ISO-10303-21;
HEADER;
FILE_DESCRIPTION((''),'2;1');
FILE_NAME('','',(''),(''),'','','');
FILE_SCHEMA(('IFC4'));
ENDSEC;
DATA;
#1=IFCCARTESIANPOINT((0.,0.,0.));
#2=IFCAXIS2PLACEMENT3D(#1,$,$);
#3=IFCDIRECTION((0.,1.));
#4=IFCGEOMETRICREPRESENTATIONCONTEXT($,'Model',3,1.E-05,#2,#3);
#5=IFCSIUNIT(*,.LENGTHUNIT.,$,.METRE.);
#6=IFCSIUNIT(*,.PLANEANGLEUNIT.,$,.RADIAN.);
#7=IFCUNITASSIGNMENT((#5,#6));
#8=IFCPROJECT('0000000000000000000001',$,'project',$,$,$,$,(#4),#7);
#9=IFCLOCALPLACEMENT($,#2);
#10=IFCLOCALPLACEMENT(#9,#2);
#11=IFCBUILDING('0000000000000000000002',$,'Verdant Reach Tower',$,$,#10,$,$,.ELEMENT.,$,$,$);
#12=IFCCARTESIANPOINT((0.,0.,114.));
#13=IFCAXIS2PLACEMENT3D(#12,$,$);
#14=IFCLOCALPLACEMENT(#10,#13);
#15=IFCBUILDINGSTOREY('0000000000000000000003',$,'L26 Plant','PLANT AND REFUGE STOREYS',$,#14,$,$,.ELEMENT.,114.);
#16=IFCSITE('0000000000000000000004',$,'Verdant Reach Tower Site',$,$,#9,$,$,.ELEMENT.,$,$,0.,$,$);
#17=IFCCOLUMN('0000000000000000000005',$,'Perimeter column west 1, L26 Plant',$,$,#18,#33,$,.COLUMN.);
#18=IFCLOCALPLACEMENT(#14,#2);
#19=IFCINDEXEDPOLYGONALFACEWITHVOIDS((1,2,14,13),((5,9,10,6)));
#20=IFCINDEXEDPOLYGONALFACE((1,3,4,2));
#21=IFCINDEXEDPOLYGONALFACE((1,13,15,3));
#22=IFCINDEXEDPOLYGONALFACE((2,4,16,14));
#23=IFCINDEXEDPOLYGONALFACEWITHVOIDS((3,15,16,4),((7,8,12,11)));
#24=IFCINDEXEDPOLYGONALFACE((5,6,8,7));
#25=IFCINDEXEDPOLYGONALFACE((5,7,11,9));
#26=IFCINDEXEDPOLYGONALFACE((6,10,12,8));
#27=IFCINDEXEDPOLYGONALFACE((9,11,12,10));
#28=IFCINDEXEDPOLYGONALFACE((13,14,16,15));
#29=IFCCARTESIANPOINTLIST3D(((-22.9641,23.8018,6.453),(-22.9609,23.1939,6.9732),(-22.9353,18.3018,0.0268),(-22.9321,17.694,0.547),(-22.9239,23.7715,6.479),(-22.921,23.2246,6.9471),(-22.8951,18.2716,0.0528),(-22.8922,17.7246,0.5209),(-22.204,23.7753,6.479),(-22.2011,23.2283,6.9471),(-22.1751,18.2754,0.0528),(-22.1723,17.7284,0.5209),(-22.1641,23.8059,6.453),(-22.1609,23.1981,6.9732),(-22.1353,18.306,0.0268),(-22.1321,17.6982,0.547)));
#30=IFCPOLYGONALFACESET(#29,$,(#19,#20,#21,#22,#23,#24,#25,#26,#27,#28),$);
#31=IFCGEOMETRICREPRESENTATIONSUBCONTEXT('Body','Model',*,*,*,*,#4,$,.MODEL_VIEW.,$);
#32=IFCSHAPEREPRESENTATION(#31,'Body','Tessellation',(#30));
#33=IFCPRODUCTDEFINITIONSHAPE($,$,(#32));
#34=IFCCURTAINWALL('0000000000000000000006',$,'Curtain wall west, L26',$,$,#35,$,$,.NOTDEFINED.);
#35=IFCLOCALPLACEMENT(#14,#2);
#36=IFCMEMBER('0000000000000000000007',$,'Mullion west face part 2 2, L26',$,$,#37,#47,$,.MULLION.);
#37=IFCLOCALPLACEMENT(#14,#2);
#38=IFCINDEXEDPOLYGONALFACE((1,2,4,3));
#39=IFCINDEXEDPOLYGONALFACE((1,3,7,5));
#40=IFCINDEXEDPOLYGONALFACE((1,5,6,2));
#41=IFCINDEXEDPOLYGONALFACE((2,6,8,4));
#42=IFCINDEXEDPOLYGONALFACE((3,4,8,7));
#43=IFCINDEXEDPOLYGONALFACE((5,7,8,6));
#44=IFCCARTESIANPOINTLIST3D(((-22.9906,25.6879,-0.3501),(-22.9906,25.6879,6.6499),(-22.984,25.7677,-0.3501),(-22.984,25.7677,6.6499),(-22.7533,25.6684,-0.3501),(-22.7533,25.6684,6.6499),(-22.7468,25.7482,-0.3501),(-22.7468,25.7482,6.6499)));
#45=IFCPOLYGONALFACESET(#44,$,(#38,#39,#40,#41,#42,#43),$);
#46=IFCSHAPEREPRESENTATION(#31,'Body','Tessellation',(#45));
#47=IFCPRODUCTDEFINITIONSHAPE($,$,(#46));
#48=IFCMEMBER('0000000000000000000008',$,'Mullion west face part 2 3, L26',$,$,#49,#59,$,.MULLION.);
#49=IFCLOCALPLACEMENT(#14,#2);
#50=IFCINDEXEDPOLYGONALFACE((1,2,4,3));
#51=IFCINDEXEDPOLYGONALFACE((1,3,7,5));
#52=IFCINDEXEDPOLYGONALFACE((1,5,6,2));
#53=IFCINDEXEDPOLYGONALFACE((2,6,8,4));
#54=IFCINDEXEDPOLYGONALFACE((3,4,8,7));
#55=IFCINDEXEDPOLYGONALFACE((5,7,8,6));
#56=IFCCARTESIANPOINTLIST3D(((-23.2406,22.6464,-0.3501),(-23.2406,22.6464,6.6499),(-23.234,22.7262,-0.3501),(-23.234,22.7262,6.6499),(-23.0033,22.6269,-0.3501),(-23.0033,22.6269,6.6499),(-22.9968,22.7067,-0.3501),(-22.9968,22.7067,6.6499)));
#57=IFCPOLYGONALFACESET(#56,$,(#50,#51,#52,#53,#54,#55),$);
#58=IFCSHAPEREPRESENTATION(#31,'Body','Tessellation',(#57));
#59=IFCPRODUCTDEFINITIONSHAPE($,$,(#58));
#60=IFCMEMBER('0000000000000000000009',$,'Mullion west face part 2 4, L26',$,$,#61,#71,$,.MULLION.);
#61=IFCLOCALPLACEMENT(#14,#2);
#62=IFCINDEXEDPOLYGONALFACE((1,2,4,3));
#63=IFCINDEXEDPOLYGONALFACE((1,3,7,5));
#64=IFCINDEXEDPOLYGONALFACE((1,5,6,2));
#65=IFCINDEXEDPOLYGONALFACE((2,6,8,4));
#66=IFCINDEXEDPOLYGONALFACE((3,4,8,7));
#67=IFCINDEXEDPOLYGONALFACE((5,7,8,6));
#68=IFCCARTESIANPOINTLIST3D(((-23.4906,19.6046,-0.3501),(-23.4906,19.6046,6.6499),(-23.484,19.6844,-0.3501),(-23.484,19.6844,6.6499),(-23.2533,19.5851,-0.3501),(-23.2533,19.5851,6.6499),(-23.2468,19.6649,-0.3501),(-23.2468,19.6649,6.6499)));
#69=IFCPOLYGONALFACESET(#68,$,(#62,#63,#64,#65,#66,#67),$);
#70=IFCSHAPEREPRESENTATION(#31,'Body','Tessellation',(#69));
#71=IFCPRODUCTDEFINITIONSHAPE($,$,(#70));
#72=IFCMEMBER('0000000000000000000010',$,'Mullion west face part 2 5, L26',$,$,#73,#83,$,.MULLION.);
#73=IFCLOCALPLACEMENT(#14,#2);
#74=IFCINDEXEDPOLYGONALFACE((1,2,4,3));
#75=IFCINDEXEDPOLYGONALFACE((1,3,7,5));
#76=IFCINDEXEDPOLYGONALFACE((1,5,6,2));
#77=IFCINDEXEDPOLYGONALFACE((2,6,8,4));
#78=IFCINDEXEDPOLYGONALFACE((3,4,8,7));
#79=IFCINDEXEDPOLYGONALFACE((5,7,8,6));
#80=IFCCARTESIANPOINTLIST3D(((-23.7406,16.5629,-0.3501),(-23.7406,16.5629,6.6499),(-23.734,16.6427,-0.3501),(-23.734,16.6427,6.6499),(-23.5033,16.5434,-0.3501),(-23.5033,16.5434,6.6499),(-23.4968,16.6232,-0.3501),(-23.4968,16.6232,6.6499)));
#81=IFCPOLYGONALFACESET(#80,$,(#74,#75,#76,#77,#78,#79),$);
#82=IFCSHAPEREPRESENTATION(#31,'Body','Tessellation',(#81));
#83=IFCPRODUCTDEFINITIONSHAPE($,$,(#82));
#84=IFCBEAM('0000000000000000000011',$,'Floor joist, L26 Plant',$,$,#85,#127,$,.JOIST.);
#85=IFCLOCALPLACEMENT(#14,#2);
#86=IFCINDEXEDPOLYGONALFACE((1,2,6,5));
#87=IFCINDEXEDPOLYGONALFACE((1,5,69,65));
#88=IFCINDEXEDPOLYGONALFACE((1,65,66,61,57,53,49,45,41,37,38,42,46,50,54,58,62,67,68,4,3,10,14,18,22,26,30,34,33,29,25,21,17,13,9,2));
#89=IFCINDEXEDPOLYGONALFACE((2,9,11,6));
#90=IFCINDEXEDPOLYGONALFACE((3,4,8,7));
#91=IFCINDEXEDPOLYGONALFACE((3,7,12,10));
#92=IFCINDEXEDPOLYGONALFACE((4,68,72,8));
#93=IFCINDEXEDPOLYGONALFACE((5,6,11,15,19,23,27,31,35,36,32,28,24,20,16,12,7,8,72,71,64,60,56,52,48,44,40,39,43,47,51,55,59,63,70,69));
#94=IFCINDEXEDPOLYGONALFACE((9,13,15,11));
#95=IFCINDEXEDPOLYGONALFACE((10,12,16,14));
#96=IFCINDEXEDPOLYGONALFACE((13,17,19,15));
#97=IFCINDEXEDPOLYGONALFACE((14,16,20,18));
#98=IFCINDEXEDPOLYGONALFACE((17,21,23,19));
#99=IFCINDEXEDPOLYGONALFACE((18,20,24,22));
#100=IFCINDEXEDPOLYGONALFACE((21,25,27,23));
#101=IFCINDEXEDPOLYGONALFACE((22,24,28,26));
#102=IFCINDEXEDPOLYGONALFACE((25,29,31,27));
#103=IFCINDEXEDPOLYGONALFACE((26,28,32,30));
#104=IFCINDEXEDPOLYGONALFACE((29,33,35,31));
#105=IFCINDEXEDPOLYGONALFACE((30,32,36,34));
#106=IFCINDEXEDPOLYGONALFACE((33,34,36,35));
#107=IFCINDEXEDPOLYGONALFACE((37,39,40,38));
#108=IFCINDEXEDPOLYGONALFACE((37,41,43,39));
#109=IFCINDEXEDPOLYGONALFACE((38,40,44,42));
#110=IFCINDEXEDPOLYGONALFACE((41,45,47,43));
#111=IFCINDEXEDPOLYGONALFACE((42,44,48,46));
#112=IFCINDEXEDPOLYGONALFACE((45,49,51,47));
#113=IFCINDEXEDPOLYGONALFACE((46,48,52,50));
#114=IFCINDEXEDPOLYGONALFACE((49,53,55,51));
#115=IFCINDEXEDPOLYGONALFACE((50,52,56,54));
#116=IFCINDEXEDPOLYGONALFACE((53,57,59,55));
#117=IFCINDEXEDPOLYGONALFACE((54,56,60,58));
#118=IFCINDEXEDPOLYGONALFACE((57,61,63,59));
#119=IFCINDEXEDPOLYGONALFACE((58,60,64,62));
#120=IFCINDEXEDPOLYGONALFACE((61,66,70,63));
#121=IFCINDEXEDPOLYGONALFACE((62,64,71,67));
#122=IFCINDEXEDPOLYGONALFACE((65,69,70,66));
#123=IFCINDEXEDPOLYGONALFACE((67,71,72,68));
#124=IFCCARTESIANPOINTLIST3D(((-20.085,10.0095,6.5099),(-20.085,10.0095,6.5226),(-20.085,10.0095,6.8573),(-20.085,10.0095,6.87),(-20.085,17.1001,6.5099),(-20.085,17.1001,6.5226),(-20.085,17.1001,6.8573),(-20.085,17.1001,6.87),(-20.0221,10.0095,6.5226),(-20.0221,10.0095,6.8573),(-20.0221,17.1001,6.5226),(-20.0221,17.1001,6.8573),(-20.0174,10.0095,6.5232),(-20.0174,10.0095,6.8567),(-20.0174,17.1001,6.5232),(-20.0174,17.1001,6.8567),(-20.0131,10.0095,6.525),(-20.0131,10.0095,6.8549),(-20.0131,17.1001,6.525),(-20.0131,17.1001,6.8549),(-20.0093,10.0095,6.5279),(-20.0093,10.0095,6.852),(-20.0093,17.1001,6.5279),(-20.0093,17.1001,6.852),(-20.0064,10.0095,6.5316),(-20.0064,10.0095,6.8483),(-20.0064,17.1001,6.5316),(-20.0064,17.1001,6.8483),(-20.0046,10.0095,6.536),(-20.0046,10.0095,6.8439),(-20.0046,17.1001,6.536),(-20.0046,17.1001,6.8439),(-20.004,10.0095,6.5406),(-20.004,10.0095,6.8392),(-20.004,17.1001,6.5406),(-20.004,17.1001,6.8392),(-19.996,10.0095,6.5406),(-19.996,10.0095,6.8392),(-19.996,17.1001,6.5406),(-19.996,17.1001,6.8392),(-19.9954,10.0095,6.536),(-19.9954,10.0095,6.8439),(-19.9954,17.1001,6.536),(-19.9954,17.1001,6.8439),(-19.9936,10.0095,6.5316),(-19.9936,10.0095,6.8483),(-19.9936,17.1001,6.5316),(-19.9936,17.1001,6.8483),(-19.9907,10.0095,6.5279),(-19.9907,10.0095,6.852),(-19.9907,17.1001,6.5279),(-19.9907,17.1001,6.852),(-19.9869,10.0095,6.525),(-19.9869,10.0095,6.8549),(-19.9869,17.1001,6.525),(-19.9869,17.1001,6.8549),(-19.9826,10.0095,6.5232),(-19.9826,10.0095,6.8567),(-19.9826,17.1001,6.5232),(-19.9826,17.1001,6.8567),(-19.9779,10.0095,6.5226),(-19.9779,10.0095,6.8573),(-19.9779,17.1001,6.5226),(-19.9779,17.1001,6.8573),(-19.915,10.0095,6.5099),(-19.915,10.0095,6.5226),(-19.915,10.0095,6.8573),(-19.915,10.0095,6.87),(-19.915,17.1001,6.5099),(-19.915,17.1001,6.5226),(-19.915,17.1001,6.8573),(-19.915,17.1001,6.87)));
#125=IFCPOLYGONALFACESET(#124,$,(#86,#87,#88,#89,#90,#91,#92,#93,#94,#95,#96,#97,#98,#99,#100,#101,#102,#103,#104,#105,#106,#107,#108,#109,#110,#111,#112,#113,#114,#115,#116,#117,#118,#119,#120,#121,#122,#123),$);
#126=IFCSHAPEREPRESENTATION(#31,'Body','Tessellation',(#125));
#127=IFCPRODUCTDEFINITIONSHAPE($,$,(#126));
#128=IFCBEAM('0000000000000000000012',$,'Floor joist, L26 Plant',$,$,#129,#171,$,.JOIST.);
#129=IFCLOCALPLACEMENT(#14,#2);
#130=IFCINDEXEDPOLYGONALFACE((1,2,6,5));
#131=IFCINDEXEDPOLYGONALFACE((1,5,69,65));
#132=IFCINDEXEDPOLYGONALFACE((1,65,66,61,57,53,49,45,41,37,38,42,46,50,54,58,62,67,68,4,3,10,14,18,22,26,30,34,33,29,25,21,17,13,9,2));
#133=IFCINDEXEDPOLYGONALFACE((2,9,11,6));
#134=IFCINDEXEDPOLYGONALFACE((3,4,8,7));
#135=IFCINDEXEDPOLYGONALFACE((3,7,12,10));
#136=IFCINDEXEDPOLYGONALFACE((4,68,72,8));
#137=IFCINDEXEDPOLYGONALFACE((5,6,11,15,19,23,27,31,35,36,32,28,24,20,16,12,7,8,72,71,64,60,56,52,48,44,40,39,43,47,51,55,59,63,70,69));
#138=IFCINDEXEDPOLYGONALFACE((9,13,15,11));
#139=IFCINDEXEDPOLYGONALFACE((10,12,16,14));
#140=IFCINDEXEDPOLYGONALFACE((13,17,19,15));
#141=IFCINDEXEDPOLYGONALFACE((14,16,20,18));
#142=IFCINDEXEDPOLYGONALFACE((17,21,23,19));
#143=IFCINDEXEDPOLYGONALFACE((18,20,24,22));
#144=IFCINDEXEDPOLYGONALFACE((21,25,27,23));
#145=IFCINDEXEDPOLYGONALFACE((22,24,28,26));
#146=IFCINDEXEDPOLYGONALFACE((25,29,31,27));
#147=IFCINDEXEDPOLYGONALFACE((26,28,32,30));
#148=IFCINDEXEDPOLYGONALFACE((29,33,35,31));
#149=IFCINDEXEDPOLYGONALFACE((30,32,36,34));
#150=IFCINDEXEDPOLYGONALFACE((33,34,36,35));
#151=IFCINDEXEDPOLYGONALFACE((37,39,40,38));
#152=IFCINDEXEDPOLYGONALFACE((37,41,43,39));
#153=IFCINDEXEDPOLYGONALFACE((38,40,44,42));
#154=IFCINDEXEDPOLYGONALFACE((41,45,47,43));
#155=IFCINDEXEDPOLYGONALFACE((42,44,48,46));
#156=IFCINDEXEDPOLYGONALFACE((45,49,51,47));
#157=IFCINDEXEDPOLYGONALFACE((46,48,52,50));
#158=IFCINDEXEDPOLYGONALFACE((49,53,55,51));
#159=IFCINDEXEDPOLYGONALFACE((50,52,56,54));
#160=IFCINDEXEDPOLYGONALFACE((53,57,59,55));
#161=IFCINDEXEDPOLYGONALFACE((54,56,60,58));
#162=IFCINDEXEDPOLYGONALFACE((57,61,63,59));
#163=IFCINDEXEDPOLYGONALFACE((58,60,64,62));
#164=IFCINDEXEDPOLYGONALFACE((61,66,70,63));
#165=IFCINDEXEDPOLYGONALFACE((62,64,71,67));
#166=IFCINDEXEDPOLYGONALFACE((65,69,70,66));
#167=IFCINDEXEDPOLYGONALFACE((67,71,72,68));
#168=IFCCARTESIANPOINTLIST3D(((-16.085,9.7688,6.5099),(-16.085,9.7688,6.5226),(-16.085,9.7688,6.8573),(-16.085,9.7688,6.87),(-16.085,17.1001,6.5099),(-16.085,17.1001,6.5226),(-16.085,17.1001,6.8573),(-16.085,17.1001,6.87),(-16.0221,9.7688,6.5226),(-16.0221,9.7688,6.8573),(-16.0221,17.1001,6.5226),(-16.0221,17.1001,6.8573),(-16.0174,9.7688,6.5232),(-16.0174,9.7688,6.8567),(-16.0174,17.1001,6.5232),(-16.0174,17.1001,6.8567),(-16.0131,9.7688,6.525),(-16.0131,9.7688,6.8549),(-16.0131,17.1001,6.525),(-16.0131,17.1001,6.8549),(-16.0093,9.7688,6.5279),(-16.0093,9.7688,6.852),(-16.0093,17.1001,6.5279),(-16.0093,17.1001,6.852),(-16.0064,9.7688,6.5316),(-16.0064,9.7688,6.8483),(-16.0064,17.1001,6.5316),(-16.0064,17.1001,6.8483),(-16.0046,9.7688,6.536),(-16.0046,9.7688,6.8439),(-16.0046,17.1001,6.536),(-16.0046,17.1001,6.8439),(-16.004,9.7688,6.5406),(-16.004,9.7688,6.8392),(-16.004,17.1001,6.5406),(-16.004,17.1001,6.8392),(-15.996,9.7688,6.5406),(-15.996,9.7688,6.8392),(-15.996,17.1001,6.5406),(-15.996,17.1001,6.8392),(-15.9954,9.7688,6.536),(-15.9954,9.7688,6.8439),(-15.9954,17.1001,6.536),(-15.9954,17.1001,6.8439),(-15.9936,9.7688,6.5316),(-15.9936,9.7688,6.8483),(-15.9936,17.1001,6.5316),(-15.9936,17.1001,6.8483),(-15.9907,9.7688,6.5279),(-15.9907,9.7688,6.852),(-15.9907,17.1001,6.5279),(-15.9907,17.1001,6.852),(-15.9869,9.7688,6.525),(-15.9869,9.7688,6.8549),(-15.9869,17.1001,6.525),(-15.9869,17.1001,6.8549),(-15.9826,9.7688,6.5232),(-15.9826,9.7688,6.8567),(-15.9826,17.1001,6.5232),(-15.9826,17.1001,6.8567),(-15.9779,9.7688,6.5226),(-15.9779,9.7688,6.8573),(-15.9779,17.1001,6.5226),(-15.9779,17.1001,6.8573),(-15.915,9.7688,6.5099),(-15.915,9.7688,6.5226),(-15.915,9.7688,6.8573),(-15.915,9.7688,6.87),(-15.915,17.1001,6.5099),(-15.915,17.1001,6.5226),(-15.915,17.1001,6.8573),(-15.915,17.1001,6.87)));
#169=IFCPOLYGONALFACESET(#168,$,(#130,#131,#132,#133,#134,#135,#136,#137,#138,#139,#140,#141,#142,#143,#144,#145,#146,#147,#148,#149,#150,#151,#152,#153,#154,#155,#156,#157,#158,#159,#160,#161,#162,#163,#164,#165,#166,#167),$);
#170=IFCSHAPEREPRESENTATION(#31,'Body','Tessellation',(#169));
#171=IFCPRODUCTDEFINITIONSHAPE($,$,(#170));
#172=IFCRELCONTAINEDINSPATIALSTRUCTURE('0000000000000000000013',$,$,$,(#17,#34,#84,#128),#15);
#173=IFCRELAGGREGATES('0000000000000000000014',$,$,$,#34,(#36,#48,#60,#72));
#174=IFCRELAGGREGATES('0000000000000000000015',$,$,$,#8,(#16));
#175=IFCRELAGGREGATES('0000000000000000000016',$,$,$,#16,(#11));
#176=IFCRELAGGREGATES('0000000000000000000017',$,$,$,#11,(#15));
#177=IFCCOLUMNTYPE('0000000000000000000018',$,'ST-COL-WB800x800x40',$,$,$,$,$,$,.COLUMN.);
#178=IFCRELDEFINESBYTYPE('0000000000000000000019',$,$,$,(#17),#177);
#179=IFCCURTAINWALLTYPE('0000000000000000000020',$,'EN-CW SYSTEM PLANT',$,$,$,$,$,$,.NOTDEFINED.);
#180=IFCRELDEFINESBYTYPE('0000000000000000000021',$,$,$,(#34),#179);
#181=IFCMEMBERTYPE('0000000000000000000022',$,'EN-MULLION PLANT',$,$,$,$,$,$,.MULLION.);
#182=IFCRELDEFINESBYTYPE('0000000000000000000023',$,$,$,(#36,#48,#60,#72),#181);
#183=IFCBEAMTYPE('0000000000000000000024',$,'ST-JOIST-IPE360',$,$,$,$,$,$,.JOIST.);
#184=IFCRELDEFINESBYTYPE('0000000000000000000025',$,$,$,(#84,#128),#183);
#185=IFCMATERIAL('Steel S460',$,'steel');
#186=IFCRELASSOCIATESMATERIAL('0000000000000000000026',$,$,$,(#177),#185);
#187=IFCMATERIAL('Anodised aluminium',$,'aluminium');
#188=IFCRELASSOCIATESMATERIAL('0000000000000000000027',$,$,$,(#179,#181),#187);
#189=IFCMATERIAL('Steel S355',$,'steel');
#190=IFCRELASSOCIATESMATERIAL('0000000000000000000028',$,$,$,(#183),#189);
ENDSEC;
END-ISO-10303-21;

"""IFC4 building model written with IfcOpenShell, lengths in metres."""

from ifc_helpers import new_model, si_unit, direction, frame, origin, origin_2d, place, context, subcontext, project, spatial, rectangle, hollow_rectangle, i_section, extrude, material, material_profile, profile_set, type_object, element, aggregate, save


model = new_model("IFC4")

# Units and contexts
model_context = context("Model", 3, precision=1e-05, world=origin(), true_north=direction((0.0, 1.0)))
body_context = subcontext(model_context, "Body", "Model", "MODEL_VIEW")
ifc_project = project(units=[si_unit("LENGTHUNIT", "METRE"), si_unit("PLANEANGLEUNIT", "RADIAN")], contexts=[model_context])

# Site, building, storey
site_placement = place(None, origin())
site = spatial("IfcSite", under=ifc_project, at=site_placement, Name="Verdant Reach Tower Site", CompositionType="ELEMENT", RefElevation=0.0)
building_placement = place(site_placement, origin())
building = spatial("IfcBuilding", under=site, at=building_placement, Name="Verdant Reach Tower", CompositionType="ELEMENT")
storey_placement = place(building_placement, frame((0.0, 0.0, 114.0)))
storey = spatial("IfcBuildingStorey", under=building, at=storey_placement, Name="L26 Plant", Description="PLANT AND REFUGE STOREYS", CompositionType="ELEMENT", Elevation=114.0)

# Column
ifc_material_1 = material(Name="Steel S460", Category="steel")
ifc_material_profile_1 = material_profile(ifc_material_1, hollow_rectangle(XDim=0.8, YDim=0.8, WallThickness=0.04, at=origin_2d()), Name="WB 800x800x40")
ifc_profile_set_1 = profile_set([ifc_material_profile_1], Name="Steel S460")
column_type = type_object("IfcColumnType", Name="ST-COL-WB800x800x40", PredefinedType="COLUMN", material=ifc_profile_set_1)
column_placement = place(storey_placement, frame((-22.5337, 18.0, 0.2869), z_axis=(-0.003406, 0.650226, 0.759733), x_axis=(-0.999986, -0.005238, 0.0)))
element("IfcColumn", 1, at=column_placement, inside=storey, type_object=column_type, Name="Perimeter column west 1, L26 Plant", PredefinedType="COLUMN", context=body_context, shape_type="SweptSolid", body=[
    extrude(hollow_rectangle(XDim=0.8, YDim=0.8, WallThickness=0.04, at=origin_2d()), origin(), (0.0, 0.0, 1.0), 8.4585),
])

# Curtain wall, members
ifc_material_2 = material(Name="Anodised aluminium", Category="aluminium")
curtain_wall_type = type_object("IfcCurtainWallType", Name="EN-CW SYSTEM PLANT", PredefinedType="NOTDEFINED", material=ifc_material_2)
curtain_wall_placement = place(storey_placement, origin())
curtain_wall = element("IfcCurtainWall", 2, at=curtain_wall_placement, inside=storey, type_object=curtain_wall_type, Name="Curtain wall west, L26", PredefinedType="NOTDEFINED")
ifc_material_profile_2 = material_profile(ifc_material_2, rectangle(XDim=0.238, YDim=0.0801, at=origin_2d()), Name="Mullion 80x240")
ifc_profile_set_2 = profile_set([ifc_material_profile_2], Name="Anodised aluminium")
member_type_1 = type_object("IfcMemberType", Name="EN-MULLION PLANT", PredefinedType="MULLION", material=ifc_profile_set_2)
member_1_placement = place(storey_placement, frame((-22.8687, 25.718, -0.3501), z_axis=(0.0, 0.0, 1.0), x_axis=(-0.996639, 0.081916, 0.0)))
member_1 = element("IfcMember", 3, at=member_1_placement, type_object=member_type_1, Name="Mullion west face part 2 2, L26", PredefinedType="MULLION", context=body_context, shape_type="SweptSolid", body=[
    extrude(rectangle(XDim=0.238, YDim=0.0801, at=origin_2d()), origin(), (0.0, 0.0, 1.0), 7.0),
])
member_2_placement = place(storey_placement, frame((-23.1187, 22.6765, -0.3501), z_axis=(0.0, 0.0, 1.0), x_axis=(-0.996639, 0.081916, 0.0)))
member_2 = element("IfcMember", 4, at=member_2_placement, type_object=member_type_1, Name="Mullion west face part 2 3, L26", PredefinedType="MULLION", context=body_context, shape_type="SweptSolid", body=[
    extrude(rectangle(XDim=0.238, YDim=0.0801, at=origin_2d()), origin(), (0.0, 0.0, 1.0), 7.0),
])
member_3_placement = place(storey_placement, frame((-23.3687, 19.6348, -0.3501), z_axis=(0.0, 0.0, 1.0), x_axis=(-0.996639, 0.081916, 0.0)))
member_3 = element("IfcMember", 5, at=member_3_placement, type_object=member_type_1, Name="Mullion west face part 2 4, L26", PredefinedType="MULLION", context=body_context, shape_type="SweptSolid", body=[
    extrude(rectangle(XDim=0.238, YDim=0.0801, at=origin_2d()), origin(), (0.0, 0.0, 1.0), 7.0),
])
member_4_placement = place(storey_placement, frame((-23.6187, 16.593, -0.3501), z_axis=(0.0, 0.0, 1.0), x_axis=(-0.996639, 0.081916, 0.0)))
member_4 = element("IfcMember", 6, at=member_4_placement, type_object=member_type_1, Name="Mullion west face part 2 5, L26", PredefinedType="MULLION", context=body_context, shape_type="SweptSolid", body=[
    extrude(rectangle(XDim=0.238, YDim=0.0801, at=origin_2d()), origin(), (0.0, 0.0, 1.0), 7.0),
])

# Beams
ifc_material_3 = material(Name="Steel S355", Category="steel")
ifc_material_profile_3 = material_profile(ifc_material_3, i_section(OverallWidth=0.1699, OverallDepth=0.3601, WebThickness=0.0081, FlangeThickness=0.0127, FilletRadius=0.0181, at=origin_2d()), Name="IPE 360")
ifc_profile_set_3 = profile_set([ifc_material_profile_3], Name="Steel S355")
beam_type_1 = type_object("IfcBeamType", Name="ST-JOIST-IPE360", PredefinedType="JOIST", material=ifc_profile_set_3)
beam_1_placement = place(storey_placement, frame((-20.0, 17.1001, 6.6899), z_axis=(0.0, -1.0, 0.0), x_axis=(1.0, 0.0, 0.0)))
element("IfcBeam", 7, at=beam_1_placement, inside=storey, type_object=beam_type_1, Name="Floor joist, L26 Plant", PredefinedType="JOIST", context=body_context, shape_type="SweptSolid", body=[
    extrude(i_section(OverallWidth=0.1699, OverallDepth=0.3601, WebThickness=0.0081, FlangeThickness=0.0127, FilletRadius=0.0181, at=origin_2d()), origin(), (0.0, 0.0, 1.0), 7.0906),
])
beam_2_placement = place(storey_placement, frame((-16.0, 17.1001, 6.6899), z_axis=(0.0, -1.0, 0.0), x_axis=(1.0, 0.0, 0.0)))
element("IfcBeam", 8, at=beam_2_placement, inside=storey, type_object=beam_type_1, Name="Floor joist, L26 Plant", PredefinedType="JOIST", context=body_context, shape_type="SweptSolid", body=[
    extrude(i_section(OverallWidth=0.1699, OverallDepth=0.3601, WebThickness=0.0081, FlangeThickness=0.0127, FilletRadius=0.0181, at=origin_2d()), origin(), (0.0, 0.0, 1.0), 7.3313),
])

aggregate(curtain_wall, [member_1, member_2, member_3, member_4])

save(model, "model.ifc")
